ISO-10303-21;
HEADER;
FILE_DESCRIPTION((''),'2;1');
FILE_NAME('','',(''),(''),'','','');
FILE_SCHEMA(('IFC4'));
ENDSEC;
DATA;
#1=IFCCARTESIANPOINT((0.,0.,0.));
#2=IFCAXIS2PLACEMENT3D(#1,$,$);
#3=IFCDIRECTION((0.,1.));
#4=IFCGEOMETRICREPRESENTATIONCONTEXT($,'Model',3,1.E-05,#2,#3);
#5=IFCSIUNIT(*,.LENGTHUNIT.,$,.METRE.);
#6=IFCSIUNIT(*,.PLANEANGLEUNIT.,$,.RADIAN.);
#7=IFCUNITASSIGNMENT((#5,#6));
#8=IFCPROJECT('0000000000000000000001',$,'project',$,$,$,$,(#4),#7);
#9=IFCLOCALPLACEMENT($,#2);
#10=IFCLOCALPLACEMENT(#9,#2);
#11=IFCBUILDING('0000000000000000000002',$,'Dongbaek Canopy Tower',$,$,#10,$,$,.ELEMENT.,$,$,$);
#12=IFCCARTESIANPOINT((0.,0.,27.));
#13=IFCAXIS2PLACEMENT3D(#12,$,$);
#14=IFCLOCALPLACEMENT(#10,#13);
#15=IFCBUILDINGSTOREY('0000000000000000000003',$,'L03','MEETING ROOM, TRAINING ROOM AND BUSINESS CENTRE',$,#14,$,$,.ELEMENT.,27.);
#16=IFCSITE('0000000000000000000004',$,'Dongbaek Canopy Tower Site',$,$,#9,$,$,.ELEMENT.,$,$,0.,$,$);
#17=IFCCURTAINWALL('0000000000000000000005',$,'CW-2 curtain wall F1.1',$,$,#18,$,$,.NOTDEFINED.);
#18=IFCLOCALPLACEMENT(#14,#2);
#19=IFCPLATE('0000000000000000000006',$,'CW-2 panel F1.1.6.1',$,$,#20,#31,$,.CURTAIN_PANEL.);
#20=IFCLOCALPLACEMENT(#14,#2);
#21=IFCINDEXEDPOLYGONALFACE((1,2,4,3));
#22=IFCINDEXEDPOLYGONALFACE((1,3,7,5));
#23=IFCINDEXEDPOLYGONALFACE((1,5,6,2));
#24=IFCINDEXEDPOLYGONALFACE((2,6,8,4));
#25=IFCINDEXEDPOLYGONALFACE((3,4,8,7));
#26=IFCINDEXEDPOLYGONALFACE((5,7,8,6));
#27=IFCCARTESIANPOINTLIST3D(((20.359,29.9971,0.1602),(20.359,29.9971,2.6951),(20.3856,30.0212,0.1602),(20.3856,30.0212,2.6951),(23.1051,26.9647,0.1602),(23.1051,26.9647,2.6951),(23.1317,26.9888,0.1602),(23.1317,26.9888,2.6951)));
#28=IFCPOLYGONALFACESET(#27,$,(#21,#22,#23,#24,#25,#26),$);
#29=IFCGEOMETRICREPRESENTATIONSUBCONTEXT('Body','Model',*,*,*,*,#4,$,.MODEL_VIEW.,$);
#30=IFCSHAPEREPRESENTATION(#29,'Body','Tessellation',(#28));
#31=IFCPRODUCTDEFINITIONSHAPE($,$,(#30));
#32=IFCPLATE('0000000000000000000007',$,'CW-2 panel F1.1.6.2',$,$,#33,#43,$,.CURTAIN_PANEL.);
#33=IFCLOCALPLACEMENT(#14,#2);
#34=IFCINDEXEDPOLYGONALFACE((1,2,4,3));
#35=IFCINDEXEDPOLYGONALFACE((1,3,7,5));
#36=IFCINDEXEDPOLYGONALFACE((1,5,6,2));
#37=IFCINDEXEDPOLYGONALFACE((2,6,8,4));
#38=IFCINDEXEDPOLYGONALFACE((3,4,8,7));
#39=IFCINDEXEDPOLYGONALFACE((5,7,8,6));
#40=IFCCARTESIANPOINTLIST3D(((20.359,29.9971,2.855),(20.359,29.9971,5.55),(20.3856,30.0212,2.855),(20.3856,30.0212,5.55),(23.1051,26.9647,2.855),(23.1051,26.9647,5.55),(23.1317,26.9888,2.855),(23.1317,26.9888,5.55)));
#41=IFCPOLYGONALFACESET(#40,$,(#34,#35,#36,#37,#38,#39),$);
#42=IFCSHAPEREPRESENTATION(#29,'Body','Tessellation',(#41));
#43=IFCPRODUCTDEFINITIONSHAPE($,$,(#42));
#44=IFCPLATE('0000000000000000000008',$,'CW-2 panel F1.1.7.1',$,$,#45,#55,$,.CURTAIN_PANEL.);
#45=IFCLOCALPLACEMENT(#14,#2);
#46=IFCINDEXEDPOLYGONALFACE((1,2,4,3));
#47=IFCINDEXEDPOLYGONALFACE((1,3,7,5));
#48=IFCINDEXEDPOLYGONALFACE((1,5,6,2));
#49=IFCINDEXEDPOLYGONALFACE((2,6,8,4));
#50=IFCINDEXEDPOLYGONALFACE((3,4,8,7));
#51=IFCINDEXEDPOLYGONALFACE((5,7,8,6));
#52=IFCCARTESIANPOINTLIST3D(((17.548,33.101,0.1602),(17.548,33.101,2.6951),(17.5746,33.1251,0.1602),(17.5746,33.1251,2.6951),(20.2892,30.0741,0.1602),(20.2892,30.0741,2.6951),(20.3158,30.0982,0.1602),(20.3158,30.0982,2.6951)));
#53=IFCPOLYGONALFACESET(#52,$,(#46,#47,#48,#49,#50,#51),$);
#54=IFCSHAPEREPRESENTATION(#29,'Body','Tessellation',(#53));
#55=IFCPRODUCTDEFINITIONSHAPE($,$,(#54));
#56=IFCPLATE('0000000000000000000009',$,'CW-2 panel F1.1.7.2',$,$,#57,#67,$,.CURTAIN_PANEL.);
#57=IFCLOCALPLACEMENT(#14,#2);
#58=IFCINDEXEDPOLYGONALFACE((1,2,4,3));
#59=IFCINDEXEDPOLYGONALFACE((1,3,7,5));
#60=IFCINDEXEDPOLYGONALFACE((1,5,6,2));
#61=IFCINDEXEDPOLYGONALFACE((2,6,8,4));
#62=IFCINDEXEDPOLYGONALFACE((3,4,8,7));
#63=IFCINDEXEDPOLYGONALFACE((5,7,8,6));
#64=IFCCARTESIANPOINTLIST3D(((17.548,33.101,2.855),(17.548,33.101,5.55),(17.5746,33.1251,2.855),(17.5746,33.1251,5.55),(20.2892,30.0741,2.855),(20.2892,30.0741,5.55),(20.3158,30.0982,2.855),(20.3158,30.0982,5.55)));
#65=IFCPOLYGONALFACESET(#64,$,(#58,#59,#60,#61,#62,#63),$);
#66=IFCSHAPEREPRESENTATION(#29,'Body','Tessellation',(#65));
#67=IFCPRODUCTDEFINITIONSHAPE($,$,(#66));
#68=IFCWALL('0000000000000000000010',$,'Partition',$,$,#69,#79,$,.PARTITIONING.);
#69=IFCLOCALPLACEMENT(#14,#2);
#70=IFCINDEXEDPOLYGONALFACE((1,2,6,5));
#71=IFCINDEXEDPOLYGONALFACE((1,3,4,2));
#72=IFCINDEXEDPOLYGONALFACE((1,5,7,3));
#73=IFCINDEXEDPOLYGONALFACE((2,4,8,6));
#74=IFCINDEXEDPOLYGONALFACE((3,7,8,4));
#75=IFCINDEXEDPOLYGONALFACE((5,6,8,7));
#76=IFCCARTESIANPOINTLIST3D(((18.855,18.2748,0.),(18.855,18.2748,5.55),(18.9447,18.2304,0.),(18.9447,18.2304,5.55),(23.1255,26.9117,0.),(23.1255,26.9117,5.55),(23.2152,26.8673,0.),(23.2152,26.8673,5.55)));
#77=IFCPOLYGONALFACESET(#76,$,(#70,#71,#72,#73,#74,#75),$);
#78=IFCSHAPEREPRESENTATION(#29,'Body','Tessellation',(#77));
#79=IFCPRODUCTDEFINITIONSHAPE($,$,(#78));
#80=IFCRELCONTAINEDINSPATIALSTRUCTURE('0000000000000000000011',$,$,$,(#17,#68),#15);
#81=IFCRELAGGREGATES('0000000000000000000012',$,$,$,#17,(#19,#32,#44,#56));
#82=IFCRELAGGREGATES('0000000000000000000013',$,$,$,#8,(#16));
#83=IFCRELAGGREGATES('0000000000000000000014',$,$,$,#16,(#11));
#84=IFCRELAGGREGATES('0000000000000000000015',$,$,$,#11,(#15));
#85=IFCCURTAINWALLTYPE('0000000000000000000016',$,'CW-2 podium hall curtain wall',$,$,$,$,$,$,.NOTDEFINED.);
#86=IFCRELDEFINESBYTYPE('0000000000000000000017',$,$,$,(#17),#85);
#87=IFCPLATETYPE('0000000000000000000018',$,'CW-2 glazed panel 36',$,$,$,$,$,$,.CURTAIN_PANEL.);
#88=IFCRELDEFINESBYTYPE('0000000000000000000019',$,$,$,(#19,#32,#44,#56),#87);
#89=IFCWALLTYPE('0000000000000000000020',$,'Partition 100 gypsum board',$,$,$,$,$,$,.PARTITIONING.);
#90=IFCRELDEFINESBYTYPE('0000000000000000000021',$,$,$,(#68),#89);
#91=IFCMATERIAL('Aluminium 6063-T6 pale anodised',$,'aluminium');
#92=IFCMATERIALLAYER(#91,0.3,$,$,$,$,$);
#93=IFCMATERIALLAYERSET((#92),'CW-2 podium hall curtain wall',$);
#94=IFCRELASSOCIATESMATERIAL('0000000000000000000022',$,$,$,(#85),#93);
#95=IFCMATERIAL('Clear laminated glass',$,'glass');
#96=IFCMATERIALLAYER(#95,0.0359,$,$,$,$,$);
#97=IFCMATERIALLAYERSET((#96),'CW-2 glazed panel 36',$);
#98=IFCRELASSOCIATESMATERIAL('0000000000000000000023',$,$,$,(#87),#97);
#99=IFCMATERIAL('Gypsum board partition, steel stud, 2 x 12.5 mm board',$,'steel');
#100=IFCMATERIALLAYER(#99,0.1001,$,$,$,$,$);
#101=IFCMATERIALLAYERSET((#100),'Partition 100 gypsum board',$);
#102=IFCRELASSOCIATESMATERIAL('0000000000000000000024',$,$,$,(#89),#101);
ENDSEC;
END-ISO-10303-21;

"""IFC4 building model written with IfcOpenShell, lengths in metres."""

from ifc_helpers import new_model, si_unit, direction, frame, frame_2d, origin, origin_2d, place, context, subcontext, project, spatial, rectangle, extrude, material, layer, layer_set, type_object, element, aggregate, save


model = new_model("IFC4")

# Units and contexts
model_context = context("Model", 3, precision=1e-05, world=origin(), true_north=direction((0.0, 1.0)))
body_context = subcontext(model_context, "Body", "Model", "MODEL_VIEW")
ifc_project = project(units=[si_unit("LENGTHUNIT", "METRE"), si_unit("PLANEANGLEUNIT", "RADIAN")], contexts=[model_context])

# Site, building, storey
site_placement = place(None, origin())
site = spatial("IfcSite", under=ifc_project, at=site_placement, Name="Dongbaek Canopy Tower Site", CompositionType="ELEMENT", RefElevation=0.0)
building_placement = place(site_placement, origin())
building = spatial("IfcBuilding", under=site, at=building_placement, Name="Dongbaek Canopy Tower", CompositionType="ELEMENT")
storey_placement = place(building_placement, frame((0.0, 0.0, 27.0)))
storey = spatial("IfcBuildingStorey", under=building, at=storey_placement, Name="L03", Description="MEETING ROOM, TRAINING ROOM AND BUSINESS CENTRE", CompositionType="ELEMENT", Elevation=27.0)

# Curtain wall, plates
ifc_material_1 = material(Name="Aluminium 6063-T6 pale anodised", Category="aluminium")
ifc_layer_1 = layer(ifc_material_1, 0.3)
ifc_layer_set_1 = layer_set([ifc_layer_1], Name="CW-2 podium hall curtain wall")
curtain_wall_type = type_object("IfcCurtainWallType", Name="CW-2 podium hall curtain wall", PredefinedType="NOTDEFINED", material=ifc_layer_set_1)
curtain_wall_placement = place(storey_placement, origin())
curtain_wall = element("IfcCurtainWall", 1, at=curtain_wall_placement, inside=storey, type_object=curtain_wall_type, Name="CW-2 curtain wall F1.1", PredefinedType="NOTDEFINED")
ifc_material_2 = material(Name="Clear laminated glass", Category="glass")
ifc_layer_2 = layer(ifc_material_2, 0.0359)
ifc_layer_set_2 = layer_set([ifc_layer_2], Name="CW-2 glazed panel 36")
plate_type = type_object("IfcPlateType", Name="CW-2 glazed panel 36", PredefinedType="CURTAIN_PANEL", material=ifc_layer_set_2)
plate_1_placement = place(storey_placement, frame((21.7454, 28.4929, 0.1602), z_axis=(0.0, 0.0, 1.0), x_axis=(-0.67126, 0.741222, 0.0)))
plate_1 = element("IfcPlate", 2, at=plate_1_placement, type_object=plate_type, Name="CW-2 panel F1.1.6.1", PredefinedType="CURTAIN_PANEL", context=body_context, shape_type="SweptSolid", body=[
    extrude(rectangle(XDim=4.0911, YDim=0.0359, at=origin_2d()), origin(), (0.0, 0.0, 1.0), 2.5349),
])
plate_2_placement = place(storey_placement, frame((21.7454, 28.4929, 2.855), z_axis=(0.0, 0.0, 1.0), x_axis=(-0.67126, 0.741222, 0.0)))
plate_2 = element("IfcPlate", 3, at=plate_2_placement, type_object=plate_type, Name="CW-2 panel F1.1.6.2", PredefinedType="CURTAIN_PANEL", context=body_context, shape_type="SweptSolid", body=[
    extrude(rectangle(XDim=4.0911, YDim=0.0359, at=origin_2d()), origin(), (0.0, 0.0, 1.0), 2.6951),
])
plate_3_placement = place(storey_placement, frame((18.9319, 31.5996, 0.1602), z_axis=(0.0, 0.0, 1.0), x_axis=(-0.67126, 0.741222, 0.0)))
plate_3 = element("IfcPlate", 4, at=plate_3_placement, type_object=plate_type, Name="CW-2 panel F1.1.7.1", PredefinedType="CURTAIN_PANEL", context=body_context, shape_type="SweptSolid", body=[
    extrude(rectangle(XDim=4.0837, YDim=0.0359, at=origin_2d()), origin(), (0.0, 0.0, 1.0), 2.5349),
])
plate_4_placement = place(storey_placement, frame((18.9319, 31.5996, 2.855), z_axis=(0.0, 0.0, 1.0), x_axis=(-0.67126, 0.741222, 0.0)))
plate_4 = element("IfcPlate", 5, at=plate_4_placement, type_object=plate_type, Name="CW-2 panel F1.1.7.2", PredefinedType="CURTAIN_PANEL", context=body_context, shape_type="SweptSolid", body=[
    extrude(rectangle(XDim=4.0837, YDim=0.0359, at=origin_2d()), origin(), (0.0, 0.0, 1.0), 2.6951),
])
aggregate(curtain_wall, [plate_1, plate_2, plate_3, plate_4])

# Wall
ifc_material_3 = material(Name="Gypsum board partition, steel stud, 2 x 12.5 mm board", Category="steel")
ifc_layer_3 = layer(ifc_material_3, 0.1001)
ifc_layer_set_3 = layer_set([ifc_layer_3], Name="Partition 100 gypsum board")
wall_type = type_object("IfcWallType", Name="Partition 100 gypsum board", PredefinedType="PARTITIONING", material=ifc_layer_set_3)
wall_placement = place(storey_placement, frame((18.8999, 18.2527, 0.0), z_axis=(0.0, 0.0, 1.0), x_axis=(0.443226, 0.89641, 0.0)))
element("IfcWall", 6, at=wall_placement, inside=storey, type_object=wall_type, Name="Partition", PredefinedType="PARTITIONING", context=body_context, shape_type="SweptSolid", body=[
    extrude(rectangle(XDim=9.635, YDim=0.1001, at=frame_2d((4.8174, 0.0))), origin(), (0.0, 0.0, 1.0), 5.55),
])

save(model, "model.ifc")
